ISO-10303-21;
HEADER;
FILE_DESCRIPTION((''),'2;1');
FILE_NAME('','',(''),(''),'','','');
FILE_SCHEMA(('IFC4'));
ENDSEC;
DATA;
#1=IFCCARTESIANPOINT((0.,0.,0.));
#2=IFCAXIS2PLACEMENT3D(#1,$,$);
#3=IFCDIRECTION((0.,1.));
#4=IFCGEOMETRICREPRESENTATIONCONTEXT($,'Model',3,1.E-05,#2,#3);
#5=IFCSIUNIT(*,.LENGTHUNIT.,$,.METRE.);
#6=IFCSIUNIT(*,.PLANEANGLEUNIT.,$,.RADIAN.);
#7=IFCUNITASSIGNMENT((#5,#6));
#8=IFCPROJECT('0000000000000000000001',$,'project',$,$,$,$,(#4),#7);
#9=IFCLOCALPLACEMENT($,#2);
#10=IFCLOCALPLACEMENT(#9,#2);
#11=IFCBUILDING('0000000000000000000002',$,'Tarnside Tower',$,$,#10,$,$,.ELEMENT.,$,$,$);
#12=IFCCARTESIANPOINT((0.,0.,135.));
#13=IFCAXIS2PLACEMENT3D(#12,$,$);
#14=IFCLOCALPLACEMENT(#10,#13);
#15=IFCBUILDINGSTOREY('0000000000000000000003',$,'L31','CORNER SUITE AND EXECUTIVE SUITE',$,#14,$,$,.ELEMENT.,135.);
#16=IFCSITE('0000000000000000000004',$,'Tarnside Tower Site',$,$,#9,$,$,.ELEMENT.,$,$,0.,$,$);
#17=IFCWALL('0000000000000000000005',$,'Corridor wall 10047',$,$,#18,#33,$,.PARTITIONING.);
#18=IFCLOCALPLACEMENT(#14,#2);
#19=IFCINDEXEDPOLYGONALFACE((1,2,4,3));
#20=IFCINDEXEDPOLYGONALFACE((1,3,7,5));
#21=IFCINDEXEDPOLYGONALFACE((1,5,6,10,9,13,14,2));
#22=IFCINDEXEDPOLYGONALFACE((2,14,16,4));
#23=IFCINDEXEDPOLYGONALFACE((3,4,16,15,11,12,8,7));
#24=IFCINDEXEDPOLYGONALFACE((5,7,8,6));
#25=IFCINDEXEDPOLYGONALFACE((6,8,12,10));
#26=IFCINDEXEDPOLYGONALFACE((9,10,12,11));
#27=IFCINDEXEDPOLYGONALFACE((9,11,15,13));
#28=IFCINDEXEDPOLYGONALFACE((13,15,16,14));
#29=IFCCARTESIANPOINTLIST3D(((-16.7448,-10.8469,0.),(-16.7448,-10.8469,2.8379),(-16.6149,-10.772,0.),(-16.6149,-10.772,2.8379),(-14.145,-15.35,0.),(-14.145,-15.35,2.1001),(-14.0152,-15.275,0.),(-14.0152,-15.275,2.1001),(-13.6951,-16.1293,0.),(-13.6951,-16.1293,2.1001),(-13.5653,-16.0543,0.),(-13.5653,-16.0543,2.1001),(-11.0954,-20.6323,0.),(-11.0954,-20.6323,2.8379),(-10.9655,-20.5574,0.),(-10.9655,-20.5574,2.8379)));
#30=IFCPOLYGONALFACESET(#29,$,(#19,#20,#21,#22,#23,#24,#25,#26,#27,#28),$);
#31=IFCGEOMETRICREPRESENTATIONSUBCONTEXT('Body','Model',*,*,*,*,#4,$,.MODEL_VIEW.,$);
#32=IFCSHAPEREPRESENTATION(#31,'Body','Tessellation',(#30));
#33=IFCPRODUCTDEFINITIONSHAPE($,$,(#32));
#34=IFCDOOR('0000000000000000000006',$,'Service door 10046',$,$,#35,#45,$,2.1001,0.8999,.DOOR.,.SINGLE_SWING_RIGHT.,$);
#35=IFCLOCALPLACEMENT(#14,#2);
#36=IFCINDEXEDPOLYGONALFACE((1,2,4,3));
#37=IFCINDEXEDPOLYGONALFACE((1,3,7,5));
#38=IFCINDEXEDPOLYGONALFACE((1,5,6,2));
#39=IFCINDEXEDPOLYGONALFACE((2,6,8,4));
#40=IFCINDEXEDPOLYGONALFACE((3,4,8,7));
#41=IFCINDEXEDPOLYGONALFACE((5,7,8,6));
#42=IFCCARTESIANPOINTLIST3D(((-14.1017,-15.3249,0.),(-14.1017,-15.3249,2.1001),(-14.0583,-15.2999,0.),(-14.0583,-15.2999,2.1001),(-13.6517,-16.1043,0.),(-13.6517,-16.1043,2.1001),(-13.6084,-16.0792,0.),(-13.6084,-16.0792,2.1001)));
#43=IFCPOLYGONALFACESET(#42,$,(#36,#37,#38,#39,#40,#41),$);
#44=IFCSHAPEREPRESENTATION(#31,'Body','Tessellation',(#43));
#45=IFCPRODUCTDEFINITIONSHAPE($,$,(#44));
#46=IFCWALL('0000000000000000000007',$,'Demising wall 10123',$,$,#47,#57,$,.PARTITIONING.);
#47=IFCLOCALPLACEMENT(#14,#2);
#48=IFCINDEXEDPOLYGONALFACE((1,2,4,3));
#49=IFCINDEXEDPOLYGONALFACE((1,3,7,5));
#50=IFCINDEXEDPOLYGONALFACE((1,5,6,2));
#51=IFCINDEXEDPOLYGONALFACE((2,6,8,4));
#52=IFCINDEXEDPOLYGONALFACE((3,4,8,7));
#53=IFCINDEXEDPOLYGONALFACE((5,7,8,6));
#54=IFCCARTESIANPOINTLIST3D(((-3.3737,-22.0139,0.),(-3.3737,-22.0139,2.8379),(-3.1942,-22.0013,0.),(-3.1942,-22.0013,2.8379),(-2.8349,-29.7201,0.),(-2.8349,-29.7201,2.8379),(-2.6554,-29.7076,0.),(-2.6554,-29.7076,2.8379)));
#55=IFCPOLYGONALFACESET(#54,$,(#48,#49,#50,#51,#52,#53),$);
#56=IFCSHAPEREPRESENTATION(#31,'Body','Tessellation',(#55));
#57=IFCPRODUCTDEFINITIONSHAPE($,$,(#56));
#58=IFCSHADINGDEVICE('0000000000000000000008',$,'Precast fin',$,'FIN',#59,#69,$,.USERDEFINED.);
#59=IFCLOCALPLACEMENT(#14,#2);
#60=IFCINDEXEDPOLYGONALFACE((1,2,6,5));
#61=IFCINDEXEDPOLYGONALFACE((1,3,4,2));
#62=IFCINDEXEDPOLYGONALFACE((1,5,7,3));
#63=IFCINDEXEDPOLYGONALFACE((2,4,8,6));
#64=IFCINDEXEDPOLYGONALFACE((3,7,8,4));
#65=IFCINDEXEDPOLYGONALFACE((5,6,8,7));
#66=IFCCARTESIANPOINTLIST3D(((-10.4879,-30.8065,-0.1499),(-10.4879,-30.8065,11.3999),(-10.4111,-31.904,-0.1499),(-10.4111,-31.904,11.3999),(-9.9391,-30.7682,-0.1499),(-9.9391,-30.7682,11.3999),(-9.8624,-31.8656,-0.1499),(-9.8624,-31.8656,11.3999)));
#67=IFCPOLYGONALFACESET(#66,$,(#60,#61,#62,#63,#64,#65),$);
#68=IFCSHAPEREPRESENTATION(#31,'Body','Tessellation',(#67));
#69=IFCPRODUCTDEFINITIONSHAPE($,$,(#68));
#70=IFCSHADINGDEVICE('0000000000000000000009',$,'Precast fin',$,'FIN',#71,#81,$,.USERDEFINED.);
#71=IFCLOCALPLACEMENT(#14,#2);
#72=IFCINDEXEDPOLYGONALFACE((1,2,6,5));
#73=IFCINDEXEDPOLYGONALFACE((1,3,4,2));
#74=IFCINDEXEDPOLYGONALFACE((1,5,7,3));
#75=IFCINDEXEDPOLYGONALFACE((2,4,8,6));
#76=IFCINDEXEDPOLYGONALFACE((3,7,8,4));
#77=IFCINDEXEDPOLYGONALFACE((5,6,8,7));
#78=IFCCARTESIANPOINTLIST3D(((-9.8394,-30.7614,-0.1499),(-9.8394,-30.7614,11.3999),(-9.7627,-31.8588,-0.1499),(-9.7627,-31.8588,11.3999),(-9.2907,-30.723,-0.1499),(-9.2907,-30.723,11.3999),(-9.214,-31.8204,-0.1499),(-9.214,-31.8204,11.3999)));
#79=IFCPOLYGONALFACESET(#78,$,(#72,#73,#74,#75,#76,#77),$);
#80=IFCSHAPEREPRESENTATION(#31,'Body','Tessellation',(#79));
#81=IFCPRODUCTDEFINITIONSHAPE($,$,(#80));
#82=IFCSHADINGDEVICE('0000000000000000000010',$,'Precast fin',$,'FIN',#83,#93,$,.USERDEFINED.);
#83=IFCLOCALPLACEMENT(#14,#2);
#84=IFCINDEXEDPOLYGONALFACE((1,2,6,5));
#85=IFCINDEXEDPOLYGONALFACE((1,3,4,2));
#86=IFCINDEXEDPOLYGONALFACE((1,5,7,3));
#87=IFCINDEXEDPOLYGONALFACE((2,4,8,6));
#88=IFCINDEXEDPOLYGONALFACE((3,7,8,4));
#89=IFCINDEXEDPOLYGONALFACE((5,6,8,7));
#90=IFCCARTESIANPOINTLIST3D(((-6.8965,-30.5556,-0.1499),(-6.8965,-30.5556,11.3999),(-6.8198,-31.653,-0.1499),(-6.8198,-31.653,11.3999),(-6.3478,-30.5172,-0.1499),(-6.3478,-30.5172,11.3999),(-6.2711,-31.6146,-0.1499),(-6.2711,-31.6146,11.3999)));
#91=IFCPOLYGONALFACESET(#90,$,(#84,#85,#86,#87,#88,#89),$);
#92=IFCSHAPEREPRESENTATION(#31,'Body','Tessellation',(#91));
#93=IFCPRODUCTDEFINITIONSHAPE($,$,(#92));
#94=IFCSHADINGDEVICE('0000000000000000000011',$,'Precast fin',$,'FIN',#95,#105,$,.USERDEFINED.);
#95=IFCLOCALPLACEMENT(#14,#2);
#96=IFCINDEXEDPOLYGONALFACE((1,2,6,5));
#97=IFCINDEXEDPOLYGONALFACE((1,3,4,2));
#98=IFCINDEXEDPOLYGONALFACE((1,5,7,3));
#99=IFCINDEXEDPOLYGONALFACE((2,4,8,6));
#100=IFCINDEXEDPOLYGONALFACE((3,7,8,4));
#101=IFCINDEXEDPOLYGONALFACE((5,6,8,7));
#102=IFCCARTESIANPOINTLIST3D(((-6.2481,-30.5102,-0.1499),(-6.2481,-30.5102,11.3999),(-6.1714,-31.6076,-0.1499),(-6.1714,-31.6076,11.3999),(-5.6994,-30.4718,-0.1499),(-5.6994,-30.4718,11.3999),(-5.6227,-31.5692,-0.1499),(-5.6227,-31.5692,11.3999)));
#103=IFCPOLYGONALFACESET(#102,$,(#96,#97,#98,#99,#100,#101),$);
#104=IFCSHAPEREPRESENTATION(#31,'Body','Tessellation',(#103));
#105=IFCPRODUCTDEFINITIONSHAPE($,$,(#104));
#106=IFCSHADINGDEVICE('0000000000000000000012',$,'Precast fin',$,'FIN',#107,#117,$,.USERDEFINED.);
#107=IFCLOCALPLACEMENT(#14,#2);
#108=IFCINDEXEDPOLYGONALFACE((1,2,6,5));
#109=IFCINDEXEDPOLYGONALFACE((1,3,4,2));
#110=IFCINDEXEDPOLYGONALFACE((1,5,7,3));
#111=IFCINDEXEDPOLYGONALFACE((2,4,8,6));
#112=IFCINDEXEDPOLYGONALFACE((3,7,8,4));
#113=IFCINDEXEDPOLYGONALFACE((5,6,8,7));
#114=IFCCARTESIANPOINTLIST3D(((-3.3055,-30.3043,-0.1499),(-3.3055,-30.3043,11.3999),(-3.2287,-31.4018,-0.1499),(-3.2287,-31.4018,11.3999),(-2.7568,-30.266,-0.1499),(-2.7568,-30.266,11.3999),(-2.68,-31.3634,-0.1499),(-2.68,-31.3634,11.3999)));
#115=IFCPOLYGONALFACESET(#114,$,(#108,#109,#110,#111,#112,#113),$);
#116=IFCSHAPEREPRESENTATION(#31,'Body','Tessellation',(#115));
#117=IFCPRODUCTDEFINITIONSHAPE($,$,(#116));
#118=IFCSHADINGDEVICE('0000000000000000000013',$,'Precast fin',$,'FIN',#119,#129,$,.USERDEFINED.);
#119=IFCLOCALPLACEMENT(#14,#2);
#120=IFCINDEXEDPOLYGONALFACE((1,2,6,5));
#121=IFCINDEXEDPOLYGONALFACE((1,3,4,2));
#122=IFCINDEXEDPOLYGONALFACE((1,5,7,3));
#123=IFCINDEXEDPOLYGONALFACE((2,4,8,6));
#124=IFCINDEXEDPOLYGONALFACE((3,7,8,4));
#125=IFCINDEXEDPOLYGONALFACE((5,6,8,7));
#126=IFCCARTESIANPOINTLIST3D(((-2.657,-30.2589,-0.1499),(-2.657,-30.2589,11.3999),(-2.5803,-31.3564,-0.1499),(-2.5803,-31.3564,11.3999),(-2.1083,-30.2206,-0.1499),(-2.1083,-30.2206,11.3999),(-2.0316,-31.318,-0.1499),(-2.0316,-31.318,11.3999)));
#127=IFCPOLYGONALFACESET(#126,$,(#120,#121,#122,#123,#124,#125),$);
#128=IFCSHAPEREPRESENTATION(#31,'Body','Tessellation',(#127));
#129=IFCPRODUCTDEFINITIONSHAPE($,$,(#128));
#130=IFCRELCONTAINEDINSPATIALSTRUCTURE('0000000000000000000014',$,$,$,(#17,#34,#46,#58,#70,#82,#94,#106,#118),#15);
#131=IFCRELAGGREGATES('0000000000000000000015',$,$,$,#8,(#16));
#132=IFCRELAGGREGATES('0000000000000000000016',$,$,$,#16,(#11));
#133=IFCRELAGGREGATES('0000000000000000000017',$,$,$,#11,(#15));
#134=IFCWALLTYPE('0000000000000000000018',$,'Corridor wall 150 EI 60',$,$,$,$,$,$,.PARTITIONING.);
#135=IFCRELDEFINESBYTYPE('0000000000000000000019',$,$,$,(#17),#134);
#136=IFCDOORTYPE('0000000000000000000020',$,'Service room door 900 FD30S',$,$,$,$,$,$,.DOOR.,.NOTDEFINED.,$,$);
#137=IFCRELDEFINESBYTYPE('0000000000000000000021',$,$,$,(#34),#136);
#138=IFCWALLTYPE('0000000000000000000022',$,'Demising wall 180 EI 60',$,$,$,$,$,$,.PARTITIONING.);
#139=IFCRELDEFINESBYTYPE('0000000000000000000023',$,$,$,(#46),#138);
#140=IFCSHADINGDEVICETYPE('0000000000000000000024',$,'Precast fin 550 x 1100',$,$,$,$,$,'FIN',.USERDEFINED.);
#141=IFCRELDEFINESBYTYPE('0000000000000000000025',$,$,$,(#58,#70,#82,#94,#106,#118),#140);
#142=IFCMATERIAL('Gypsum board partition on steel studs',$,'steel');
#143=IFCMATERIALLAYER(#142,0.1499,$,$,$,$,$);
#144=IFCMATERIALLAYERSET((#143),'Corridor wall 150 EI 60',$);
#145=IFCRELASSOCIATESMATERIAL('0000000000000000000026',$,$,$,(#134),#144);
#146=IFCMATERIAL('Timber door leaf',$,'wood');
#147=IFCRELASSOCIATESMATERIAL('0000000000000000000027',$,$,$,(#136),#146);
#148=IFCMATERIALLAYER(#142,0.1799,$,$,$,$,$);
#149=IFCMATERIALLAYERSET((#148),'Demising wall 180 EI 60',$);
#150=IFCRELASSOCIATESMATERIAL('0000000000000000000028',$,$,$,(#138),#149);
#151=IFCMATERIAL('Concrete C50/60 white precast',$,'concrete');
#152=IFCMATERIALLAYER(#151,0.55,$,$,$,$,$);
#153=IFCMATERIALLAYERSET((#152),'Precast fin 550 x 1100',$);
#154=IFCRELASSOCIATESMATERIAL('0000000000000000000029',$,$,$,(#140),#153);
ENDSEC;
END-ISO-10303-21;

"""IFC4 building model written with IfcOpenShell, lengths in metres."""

from ifc_helpers import new_model, si_unit, direction, frame, frame_2d, origin, place, context, subcontext, project, spatial, polyline, rectangle, outline, extrude, material, layer, layer_set, type_object, element, fill, save


model = new_model("IFC4")

# Units and contexts
model_context = context("Model", 3, precision=1e-05, world=origin(), true_north=direction((0.0, 1.0)))
body_context = subcontext(model_context, "Body", "Model", "MODEL_VIEW")
ifc_project = project(units=[si_unit("LENGTHUNIT", "METRE"), si_unit("PLANEANGLEUNIT", "RADIAN")], contexts=[model_context])

# Site, building, storey
site_placement = place(None, origin())
site = spatial("IfcSite", under=ifc_project, at=site_placement, Name="Tarnside Tower Site", CompositionType="ELEMENT", RefElevation=0.0)
building_placement = place(site_placement, origin())
building = spatial("IfcBuilding", under=site, at=building_placement, Name="Tarnside Tower", CompositionType="ELEMENT")
storey_placement = place(building_placement, frame((0.0, 0.0, 135.0)))
storey = spatial("IfcBuildingStorey", under=building, at=storey_placement, Name="L31", Description="CORNER SUITE AND EXECUTIVE SUITE", CompositionType="ELEMENT", Elevation=135.0)

# Shared definitions
ifc_material_1 = material(Name="Gypsum board partition on steel studs", Category="steel")

# Wall, opening, door
ifc_material_2 = material(Name="Timber door leaf", Category="wood")
ifc_layer_1 = layer(ifc_material_1, 0.1499)
ifc_layer_set_1 = layer_set([ifc_layer_1], Name="Corridor wall 150 EI 60")
wall_type_1 = type_object("IfcWallType", Name="Corridor wall 150 EI 60", PredefinedType="PARTITIONING", material=ifc_layer_set_1)
wall_1_placement = place(storey_placement, frame((-11.0305, -20.5947, 0.0), z_axis=(0.0, 0.0, 1.0), x_axis=(-0.499987, 0.866033, 0.0)))
wall_1 = element("IfcWall", 1, at=wall_1_placement, inside=storey, type_object=wall_type_1, Name="Corridor wall 10047", PredefinedType="PARTITIONING", context=body_context, shape_type="SweptSolid", body=[
    extrude(rectangle(XDim=11.2991, YDim=0.1499, at=frame_2d((5.6494, 0.0))), origin(), (0.0, 0.0, 1.0), 2.8379),
])
opening_1_placement = place(wall_1_placement, frame((5.1995, 0.0, 0.0)))
opening_1 = element("IfcOpeningElement", 2, at=opening_1_placement, cuts=wall_1, PredefinedType="OPENING", context=body_context, shape_type="SweptSolid", body=[
    extrude(rectangle(XDim=0.8999, YDim=2.1001, at=frame_2d((0.45, 1.05))), frame((0.0, 0.085, 0.0), z_axis=(0.0, -1.0, 0.0), x_axis=(1.0, 0.0, 0.0)), (0.0, 0.0, 1.0), 0.1699),
])
door_type_1 = type_object("IfcDoorType", Name="Service room door 900 FD30S", OperationType="NOTDEFINED", PredefinedType="DOOR", material=ifc_material_2)
door_1_placement = place(opening_1_placement, origin())
door_1 = element("IfcDoor", 3, at=door_1_placement, inside=storey, type_object=door_type_1, Name="Service door 10046", OperationType="SINGLE_SWING_RIGHT", OverallHeight=2.1001, OverallWidth=0.8999, PredefinedType="DOOR", context=body_context, shape_type="SweptSolid", body=[
    extrude(rectangle(XDim=0.8999, YDim=2.1001, at=frame_2d((0.45, 1.05))), frame((0.0, 0.0249, 0.0), z_axis=(0.0, -1.0, 0.0), x_axis=(1.0, 0.0, 0.0)), (0.0, 0.0, 1.0), 0.05),
])
fill(opening_1, door_1)

# Wall
ifc_layer_2 = layer(ifc_material_1, 0.1799)
ifc_layer_set_2 = layer_set([ifc_layer_2], Name="Demising wall 180 EI 60")
wall_type_2 = type_object("IfcWallType", Name="Demising wall 180 EI 60", PredefinedType="PARTITIONING", material=ifc_layer_set_2)
wall_2_placement = place(storey_placement, frame((-2.7451, -29.7139, 0.0), z_axis=(0.0, 0.0, 1.0), x_axis=(-0.069749, 0.997565, 0.0)))
element("IfcWall", 4, at=wall_2_placement, inside=storey, type_object=wall_type_2, Name="Demising wall 10123", PredefinedType="PARTITIONING", context=body_context, shape_type="SweptSolid", body=[
    extrude(rectangle(XDim=7.7251, YDim=0.1799, at=frame_2d((3.8625, 0.0))), origin(), (0.0, 0.0, 1.0), 2.8379),
])

# Shading devices
ifc_material_3 = material(Name="Concrete C50/60 white precast", Category="concrete")
ifc_layer_3 = layer(ifc_material_3, 0.55)
ifc_layer_set_3 = layer_set([ifc_layer_3], Name="Precast fin 550 x 1100")
shading_device_type = type_object("IfcShadingDeviceType", Name="Precast fin 550 x 1100", ElementType="FIN", PredefinedType="USERDEFINED", material=ifc_layer_set_3)
for number, where, z_axis, x_axis, name in (
    (5, (-10.2134, -30.7874, -0.1499), (-0.997564, -0.069756, 0.0), (0.069756, -0.997564, 0.0), "Precast fin"),
    (6, (-9.5649, -30.7422, -0.1499), (-0.997564, -0.069756, 0.0), (0.069756, -0.997564, 0.0), "Precast fin"),
    (7, (-6.6221, -30.5364, -0.1499), (-0.997564, -0.069756, 0.0), (0.069756, -0.997564, 0.0), "Precast fin"),
    (8, (-5.9736, -30.491, -0.1499), (-0.997564, -0.069756, 0.0), (0.069756, -0.997564, 0.0), "Precast fin"),
    (9, (-3.031, -30.2852, -0.1499), (-0.997564, -0.069756, 0.0), (0.069756, -0.997564, 0.0), "Precast fin"),
    (10, (-2.3826, -30.2397, -0.1499), (-0.997564, -0.069756, 0.0), (0.069756, -0.997564, 0.0), "Precast fin"),
):
    element("IfcShadingDevice", number, at=place(storey_placement, frame(where, z_axis=z_axis, x_axis=x_axis)), inside=storey, type_object=shading_device_type, Name=name, ObjectType="FIN", PredefinedType="USERDEFINED", context=body_context, shape_type="SweptSolid", body=[
        extrude(outline(polyline([(0.0, 0.0), (1.1001, 0.0), (1.1001, 11.5498), (0.0, 11.5498), (0.0, 0.0)])), frame((0.0, 0.0, -0.2749)), (0.0, 0.0, 1.0), 0.55),
    ])

save(model, "model.ifc")
